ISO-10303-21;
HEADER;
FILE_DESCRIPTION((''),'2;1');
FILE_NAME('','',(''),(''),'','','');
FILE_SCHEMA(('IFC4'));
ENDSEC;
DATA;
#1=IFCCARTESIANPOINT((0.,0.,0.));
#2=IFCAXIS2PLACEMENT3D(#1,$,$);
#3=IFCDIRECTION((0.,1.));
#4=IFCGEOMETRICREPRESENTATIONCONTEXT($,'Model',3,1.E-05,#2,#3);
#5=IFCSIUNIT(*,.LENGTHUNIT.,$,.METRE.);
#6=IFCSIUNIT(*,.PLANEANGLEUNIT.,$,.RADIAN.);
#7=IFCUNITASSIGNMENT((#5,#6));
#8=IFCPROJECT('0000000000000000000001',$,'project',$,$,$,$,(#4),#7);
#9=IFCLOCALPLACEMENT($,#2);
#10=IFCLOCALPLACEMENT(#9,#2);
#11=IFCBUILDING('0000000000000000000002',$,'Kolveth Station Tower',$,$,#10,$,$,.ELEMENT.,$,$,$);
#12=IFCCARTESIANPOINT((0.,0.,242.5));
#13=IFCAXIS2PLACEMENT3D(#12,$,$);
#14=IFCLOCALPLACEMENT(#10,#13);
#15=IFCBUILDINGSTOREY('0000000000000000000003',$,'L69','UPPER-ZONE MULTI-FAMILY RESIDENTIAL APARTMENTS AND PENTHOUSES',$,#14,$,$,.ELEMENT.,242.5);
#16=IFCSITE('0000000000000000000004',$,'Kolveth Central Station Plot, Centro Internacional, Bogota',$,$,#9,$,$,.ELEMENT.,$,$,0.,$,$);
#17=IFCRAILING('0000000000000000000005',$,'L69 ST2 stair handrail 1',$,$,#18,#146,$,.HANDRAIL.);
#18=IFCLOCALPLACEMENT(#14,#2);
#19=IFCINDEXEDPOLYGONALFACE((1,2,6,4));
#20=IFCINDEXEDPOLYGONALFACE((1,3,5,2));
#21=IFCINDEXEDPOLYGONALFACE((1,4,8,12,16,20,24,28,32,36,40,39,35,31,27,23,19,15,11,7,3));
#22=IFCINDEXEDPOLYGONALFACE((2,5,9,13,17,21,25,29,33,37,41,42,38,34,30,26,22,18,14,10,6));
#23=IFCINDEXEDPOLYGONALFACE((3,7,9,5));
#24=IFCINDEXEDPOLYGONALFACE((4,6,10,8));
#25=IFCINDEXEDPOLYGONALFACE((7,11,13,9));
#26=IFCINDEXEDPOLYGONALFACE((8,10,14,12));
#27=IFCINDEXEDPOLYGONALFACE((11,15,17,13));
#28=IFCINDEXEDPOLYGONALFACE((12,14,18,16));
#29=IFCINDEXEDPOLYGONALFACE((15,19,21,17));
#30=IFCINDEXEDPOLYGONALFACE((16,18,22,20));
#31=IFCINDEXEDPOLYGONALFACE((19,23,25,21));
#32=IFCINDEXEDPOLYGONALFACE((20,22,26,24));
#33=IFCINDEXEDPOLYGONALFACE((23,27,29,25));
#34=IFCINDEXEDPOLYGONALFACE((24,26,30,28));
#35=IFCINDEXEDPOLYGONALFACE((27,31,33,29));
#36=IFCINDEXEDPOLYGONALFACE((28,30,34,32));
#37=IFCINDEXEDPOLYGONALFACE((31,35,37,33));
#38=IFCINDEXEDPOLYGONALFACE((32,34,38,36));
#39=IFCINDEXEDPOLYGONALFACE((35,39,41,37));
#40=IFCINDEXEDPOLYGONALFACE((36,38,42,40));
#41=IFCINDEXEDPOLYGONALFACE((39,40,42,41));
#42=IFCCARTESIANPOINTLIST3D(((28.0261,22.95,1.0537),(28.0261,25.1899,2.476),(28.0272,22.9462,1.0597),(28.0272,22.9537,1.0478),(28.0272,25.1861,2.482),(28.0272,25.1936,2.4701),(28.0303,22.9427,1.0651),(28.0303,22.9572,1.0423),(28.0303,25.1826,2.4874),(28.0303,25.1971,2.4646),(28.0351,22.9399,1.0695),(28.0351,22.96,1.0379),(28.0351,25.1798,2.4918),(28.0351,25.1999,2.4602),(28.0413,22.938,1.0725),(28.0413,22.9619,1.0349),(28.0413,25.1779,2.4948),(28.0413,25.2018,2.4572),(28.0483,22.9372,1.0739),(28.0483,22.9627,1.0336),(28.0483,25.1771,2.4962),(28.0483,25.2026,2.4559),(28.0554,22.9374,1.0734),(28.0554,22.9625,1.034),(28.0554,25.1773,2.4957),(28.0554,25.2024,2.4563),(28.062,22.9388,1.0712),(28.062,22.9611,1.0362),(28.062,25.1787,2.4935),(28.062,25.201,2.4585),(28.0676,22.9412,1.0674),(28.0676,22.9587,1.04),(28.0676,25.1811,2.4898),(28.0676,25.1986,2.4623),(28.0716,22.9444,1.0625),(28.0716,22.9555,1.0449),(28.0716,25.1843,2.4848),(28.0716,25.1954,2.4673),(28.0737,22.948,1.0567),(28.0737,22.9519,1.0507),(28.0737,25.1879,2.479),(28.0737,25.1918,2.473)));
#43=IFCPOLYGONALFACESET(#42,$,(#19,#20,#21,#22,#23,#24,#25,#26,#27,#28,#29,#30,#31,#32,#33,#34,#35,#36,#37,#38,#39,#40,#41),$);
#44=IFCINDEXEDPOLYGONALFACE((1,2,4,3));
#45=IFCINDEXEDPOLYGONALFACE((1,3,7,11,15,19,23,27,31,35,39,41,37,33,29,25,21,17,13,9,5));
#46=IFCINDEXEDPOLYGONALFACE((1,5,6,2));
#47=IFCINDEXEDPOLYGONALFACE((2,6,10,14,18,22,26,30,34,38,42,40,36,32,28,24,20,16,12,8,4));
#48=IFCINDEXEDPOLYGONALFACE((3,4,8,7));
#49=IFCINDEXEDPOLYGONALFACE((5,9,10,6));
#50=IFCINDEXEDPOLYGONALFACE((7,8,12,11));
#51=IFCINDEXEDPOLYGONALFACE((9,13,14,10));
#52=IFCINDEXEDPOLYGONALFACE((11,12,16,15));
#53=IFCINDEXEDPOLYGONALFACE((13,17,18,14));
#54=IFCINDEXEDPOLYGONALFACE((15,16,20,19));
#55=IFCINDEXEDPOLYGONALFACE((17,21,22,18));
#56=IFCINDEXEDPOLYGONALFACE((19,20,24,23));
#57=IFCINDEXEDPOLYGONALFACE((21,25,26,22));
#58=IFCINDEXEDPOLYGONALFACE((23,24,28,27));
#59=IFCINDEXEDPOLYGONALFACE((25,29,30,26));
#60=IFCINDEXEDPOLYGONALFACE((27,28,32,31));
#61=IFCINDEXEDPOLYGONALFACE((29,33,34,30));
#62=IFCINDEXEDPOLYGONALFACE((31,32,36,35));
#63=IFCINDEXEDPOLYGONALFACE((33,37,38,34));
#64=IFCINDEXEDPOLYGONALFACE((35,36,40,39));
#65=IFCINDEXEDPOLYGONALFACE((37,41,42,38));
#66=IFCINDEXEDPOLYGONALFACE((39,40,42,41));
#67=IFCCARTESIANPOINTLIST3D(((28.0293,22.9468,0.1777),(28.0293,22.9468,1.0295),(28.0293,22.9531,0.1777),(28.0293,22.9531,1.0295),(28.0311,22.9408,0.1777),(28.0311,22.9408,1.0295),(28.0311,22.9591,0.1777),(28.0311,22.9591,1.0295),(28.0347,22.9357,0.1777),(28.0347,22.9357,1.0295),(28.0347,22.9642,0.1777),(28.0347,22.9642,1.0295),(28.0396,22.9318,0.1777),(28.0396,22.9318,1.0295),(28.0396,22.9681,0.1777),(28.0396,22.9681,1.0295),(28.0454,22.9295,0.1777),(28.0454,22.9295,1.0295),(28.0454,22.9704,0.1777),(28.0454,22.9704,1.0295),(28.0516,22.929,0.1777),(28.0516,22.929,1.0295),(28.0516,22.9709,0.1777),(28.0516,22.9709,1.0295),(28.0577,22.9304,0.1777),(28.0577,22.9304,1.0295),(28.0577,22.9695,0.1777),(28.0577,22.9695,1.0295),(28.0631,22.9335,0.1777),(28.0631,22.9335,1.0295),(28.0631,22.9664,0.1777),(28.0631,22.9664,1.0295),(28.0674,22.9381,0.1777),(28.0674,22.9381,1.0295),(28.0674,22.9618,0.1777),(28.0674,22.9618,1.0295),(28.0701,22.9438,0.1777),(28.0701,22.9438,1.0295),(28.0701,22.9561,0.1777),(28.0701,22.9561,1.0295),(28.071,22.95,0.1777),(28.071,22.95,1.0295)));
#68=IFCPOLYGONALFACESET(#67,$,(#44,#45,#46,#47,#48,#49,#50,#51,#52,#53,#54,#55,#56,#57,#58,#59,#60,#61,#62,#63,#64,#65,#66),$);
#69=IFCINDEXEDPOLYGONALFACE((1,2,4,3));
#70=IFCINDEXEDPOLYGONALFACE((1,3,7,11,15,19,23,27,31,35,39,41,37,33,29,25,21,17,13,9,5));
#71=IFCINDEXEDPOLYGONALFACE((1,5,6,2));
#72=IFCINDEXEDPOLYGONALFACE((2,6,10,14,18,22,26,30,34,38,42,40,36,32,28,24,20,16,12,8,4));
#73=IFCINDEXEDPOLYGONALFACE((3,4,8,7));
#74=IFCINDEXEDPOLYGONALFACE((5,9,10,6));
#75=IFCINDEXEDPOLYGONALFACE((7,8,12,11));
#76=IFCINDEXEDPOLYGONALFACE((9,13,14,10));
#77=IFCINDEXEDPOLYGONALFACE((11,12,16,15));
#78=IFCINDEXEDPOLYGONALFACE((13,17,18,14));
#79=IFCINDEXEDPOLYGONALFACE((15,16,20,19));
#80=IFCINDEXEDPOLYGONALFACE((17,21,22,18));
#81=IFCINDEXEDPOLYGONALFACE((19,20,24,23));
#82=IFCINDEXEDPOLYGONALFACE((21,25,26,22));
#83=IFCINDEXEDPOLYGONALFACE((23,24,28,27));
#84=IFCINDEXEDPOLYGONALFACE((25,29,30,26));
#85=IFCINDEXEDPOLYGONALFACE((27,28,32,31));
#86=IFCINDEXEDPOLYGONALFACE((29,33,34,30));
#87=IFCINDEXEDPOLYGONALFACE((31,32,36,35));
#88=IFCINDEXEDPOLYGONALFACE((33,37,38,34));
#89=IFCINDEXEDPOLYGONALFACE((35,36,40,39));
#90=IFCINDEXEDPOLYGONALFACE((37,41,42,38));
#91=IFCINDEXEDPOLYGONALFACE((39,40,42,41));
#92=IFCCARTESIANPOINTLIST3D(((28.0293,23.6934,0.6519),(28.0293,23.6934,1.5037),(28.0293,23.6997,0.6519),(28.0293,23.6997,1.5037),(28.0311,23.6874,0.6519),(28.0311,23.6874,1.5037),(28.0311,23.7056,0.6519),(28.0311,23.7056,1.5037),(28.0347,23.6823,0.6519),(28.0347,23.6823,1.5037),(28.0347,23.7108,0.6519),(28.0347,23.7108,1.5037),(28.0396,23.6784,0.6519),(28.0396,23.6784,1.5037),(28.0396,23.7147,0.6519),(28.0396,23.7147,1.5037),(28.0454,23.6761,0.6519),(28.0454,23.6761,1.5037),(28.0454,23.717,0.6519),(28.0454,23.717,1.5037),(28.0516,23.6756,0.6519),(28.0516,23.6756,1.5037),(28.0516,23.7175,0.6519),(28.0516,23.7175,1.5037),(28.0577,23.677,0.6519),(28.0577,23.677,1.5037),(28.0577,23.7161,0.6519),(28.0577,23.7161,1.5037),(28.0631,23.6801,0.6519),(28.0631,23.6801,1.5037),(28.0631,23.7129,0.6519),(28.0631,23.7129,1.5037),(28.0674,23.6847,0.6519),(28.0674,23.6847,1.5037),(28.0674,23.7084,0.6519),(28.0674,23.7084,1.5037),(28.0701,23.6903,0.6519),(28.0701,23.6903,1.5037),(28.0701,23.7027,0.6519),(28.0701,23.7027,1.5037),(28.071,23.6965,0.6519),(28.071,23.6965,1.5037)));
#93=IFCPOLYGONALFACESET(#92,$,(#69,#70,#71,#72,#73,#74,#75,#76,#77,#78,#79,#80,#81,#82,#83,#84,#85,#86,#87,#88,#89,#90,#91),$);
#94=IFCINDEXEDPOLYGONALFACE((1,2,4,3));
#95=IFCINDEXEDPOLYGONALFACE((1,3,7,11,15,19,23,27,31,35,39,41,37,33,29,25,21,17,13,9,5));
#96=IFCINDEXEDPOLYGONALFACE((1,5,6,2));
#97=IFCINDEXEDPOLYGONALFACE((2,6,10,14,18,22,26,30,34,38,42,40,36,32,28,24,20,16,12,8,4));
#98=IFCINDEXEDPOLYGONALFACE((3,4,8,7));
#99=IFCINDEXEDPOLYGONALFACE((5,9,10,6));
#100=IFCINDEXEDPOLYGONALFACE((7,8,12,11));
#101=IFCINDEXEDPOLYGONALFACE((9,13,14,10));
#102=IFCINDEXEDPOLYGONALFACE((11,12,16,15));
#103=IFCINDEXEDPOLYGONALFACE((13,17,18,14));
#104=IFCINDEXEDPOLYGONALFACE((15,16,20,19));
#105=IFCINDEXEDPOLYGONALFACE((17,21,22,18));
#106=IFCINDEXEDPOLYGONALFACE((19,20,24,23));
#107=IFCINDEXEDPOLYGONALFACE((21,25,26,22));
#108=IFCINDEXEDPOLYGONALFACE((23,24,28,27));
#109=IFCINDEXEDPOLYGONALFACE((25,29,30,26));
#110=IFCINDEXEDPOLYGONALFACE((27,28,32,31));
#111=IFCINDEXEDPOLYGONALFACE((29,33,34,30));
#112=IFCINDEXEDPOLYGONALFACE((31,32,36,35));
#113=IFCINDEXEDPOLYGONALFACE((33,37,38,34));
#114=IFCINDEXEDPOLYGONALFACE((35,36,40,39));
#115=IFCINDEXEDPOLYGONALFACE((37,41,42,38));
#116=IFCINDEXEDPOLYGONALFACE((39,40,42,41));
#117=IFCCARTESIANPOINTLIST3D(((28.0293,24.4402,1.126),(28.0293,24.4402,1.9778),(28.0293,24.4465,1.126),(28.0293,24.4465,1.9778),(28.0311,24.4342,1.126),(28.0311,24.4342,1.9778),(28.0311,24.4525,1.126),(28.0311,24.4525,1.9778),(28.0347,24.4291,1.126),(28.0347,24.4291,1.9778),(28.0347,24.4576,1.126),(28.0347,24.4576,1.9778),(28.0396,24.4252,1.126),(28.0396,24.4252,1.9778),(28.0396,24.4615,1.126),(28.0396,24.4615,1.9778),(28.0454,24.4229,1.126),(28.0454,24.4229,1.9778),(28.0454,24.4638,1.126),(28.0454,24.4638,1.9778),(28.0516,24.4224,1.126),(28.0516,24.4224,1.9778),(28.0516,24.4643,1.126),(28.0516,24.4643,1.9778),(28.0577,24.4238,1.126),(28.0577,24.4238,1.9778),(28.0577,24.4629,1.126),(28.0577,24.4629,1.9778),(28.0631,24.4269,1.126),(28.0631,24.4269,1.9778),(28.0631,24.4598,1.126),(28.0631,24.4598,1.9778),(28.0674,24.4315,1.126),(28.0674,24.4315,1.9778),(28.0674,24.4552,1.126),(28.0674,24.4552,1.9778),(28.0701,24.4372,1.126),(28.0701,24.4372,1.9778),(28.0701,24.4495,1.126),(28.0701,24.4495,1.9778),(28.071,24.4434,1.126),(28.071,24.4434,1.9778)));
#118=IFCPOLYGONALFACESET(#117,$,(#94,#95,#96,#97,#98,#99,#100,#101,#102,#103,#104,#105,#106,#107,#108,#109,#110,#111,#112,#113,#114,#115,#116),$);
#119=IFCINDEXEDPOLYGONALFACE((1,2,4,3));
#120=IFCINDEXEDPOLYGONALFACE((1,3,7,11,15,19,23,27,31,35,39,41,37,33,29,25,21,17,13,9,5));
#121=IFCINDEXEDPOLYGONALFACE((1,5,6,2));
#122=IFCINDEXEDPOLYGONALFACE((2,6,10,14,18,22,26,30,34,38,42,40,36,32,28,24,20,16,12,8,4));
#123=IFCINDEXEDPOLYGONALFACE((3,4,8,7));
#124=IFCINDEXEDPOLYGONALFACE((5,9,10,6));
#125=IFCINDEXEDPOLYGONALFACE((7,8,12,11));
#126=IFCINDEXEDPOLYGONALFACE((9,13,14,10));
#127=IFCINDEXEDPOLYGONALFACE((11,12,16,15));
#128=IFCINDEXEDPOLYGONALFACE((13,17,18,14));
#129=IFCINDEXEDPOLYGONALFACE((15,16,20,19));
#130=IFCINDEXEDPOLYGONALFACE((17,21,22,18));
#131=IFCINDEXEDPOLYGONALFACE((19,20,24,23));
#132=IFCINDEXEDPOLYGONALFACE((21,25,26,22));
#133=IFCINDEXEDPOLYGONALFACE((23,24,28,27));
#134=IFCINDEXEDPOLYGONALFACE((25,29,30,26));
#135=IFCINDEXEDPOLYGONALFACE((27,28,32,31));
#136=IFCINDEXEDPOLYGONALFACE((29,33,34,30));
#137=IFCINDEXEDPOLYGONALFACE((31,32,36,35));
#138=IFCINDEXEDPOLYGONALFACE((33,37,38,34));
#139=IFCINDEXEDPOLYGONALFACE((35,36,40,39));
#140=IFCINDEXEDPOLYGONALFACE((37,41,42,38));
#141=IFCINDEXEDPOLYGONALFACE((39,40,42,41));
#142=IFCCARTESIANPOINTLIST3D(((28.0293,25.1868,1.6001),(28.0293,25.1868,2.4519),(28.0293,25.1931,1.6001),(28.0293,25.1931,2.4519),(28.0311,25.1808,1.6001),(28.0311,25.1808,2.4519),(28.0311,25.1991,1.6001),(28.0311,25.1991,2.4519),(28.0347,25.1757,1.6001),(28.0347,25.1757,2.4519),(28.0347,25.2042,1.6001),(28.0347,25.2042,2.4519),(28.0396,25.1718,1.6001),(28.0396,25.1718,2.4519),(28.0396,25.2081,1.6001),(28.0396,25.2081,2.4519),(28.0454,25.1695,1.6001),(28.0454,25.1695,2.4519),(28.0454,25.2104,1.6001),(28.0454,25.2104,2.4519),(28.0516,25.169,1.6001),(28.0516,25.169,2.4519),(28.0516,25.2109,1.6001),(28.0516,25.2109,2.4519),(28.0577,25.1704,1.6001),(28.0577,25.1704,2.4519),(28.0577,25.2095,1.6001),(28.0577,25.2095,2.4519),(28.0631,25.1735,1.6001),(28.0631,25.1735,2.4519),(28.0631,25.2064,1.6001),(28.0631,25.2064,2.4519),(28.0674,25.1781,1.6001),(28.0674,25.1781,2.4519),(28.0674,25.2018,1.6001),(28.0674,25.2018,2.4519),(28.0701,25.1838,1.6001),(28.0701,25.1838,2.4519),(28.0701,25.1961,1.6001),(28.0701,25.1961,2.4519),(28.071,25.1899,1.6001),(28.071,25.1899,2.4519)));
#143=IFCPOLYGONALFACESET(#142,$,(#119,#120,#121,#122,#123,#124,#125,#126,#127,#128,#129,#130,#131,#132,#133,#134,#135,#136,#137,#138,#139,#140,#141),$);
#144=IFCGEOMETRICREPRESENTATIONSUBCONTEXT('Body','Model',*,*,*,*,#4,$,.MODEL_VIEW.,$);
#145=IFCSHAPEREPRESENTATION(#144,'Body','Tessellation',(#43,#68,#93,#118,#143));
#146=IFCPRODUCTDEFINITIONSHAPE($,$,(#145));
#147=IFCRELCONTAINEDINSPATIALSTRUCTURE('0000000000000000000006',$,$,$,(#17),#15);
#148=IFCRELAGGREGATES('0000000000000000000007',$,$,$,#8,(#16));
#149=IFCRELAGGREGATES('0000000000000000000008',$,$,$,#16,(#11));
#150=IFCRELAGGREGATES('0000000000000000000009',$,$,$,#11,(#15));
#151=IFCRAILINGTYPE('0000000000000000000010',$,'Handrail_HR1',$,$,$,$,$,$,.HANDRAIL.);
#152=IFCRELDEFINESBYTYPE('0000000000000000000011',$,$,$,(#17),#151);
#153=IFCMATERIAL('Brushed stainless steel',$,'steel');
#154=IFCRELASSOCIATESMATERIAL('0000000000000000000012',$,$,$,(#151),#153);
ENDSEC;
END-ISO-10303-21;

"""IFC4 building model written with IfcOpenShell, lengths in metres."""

from ifc_helpers import new_model, si_unit, direction, frame, origin, origin_2d, place, context, subcontext, project, spatial, circle, extrude, material, type_object, element, save


model = new_model("IFC4")

# Units and contexts
model_context = context("Model", 3, precision=1e-05, world=origin(), true_north=direction((0.0, 1.0)))
body_context = subcontext(model_context, "Body", "Model", "MODEL_VIEW")
ifc_project = project(units=[si_unit("LENGTHUNIT", "METRE"), si_unit("PLANEANGLEUNIT", "RADIAN")], contexts=[model_context])

# Site, building, storey
site_placement = place(None, origin())
site = spatial("IfcSite", under=ifc_project, at=site_placement, Name="Kolveth Central Station Plot, Centro Internacional, Bogota", CompositionType="ELEMENT", RefElevation=0.0)
building_placement = place(site_placement, origin())
building = spatial("IfcBuilding", under=site, at=building_placement, Name="Kolveth Station Tower", CompositionType="ELEMENT")
storey_placement = place(building_placement, frame((0.0, 0.0, 242.5)))
storey = spatial("IfcBuildingStorey", under=building, at=storey_placement, Name="L69", Description="UPPER-ZONE MULTI-FAMILY RESIDENTIAL APARTMENTS AND PENTHOUSES", CompositionType="ELEMENT", Elevation=242.5)

# Railing
ifc_material_1 = material(Name="Brushed stainless steel", Category="steel")
railing_type_1 = type_object("IfcRailingType", Name="Handrail_HR1", PredefinedType="HANDRAIL", material=ifc_material_1)
railing_1_placement = place(storey_placement, frame((28.05, 22.95, 0.1777)))
element("IfcRailing", 1, at=railing_1_placement, inside=storey, type_object=railing_type_1, Name="L69 ST2 stair handrail 1", PredefinedType="HANDRAIL", context=body_context, shape_type="SweptSolid", body=[
    extrude(circle(Radius=0.0239, at=origin_2d()), frame((0.0, 0.0, 0.876), z_axis=(0.0, 0.844188, 0.536048), x_axis=(-1.0, 0.0, 0.0)), (0.0, 0.0, 1.0), 2.6533),
    extrude(circle(Radius=0.021, at=origin_2d()), origin(), (0.0, 0.0, 1.0), 0.8518),
    extrude(circle(Radius=0.021, at=origin_2d()), frame((0.0, 0.7466, 0.4741)), (0.0, 0.0, 1.0), 0.8518),
    extrude(circle(Radius=0.021, at=origin_2d()), frame((0.0, 1.4934, 0.9482)), (0.0, 0.0, 1.0), 0.8518),
    extrude(circle(Radius=0.021, at=origin_2d()), frame((0.0, 2.24, 1.4224)), (0.0, 0.0, 1.0), 0.8518),
])

save(model, "model.ifc")
